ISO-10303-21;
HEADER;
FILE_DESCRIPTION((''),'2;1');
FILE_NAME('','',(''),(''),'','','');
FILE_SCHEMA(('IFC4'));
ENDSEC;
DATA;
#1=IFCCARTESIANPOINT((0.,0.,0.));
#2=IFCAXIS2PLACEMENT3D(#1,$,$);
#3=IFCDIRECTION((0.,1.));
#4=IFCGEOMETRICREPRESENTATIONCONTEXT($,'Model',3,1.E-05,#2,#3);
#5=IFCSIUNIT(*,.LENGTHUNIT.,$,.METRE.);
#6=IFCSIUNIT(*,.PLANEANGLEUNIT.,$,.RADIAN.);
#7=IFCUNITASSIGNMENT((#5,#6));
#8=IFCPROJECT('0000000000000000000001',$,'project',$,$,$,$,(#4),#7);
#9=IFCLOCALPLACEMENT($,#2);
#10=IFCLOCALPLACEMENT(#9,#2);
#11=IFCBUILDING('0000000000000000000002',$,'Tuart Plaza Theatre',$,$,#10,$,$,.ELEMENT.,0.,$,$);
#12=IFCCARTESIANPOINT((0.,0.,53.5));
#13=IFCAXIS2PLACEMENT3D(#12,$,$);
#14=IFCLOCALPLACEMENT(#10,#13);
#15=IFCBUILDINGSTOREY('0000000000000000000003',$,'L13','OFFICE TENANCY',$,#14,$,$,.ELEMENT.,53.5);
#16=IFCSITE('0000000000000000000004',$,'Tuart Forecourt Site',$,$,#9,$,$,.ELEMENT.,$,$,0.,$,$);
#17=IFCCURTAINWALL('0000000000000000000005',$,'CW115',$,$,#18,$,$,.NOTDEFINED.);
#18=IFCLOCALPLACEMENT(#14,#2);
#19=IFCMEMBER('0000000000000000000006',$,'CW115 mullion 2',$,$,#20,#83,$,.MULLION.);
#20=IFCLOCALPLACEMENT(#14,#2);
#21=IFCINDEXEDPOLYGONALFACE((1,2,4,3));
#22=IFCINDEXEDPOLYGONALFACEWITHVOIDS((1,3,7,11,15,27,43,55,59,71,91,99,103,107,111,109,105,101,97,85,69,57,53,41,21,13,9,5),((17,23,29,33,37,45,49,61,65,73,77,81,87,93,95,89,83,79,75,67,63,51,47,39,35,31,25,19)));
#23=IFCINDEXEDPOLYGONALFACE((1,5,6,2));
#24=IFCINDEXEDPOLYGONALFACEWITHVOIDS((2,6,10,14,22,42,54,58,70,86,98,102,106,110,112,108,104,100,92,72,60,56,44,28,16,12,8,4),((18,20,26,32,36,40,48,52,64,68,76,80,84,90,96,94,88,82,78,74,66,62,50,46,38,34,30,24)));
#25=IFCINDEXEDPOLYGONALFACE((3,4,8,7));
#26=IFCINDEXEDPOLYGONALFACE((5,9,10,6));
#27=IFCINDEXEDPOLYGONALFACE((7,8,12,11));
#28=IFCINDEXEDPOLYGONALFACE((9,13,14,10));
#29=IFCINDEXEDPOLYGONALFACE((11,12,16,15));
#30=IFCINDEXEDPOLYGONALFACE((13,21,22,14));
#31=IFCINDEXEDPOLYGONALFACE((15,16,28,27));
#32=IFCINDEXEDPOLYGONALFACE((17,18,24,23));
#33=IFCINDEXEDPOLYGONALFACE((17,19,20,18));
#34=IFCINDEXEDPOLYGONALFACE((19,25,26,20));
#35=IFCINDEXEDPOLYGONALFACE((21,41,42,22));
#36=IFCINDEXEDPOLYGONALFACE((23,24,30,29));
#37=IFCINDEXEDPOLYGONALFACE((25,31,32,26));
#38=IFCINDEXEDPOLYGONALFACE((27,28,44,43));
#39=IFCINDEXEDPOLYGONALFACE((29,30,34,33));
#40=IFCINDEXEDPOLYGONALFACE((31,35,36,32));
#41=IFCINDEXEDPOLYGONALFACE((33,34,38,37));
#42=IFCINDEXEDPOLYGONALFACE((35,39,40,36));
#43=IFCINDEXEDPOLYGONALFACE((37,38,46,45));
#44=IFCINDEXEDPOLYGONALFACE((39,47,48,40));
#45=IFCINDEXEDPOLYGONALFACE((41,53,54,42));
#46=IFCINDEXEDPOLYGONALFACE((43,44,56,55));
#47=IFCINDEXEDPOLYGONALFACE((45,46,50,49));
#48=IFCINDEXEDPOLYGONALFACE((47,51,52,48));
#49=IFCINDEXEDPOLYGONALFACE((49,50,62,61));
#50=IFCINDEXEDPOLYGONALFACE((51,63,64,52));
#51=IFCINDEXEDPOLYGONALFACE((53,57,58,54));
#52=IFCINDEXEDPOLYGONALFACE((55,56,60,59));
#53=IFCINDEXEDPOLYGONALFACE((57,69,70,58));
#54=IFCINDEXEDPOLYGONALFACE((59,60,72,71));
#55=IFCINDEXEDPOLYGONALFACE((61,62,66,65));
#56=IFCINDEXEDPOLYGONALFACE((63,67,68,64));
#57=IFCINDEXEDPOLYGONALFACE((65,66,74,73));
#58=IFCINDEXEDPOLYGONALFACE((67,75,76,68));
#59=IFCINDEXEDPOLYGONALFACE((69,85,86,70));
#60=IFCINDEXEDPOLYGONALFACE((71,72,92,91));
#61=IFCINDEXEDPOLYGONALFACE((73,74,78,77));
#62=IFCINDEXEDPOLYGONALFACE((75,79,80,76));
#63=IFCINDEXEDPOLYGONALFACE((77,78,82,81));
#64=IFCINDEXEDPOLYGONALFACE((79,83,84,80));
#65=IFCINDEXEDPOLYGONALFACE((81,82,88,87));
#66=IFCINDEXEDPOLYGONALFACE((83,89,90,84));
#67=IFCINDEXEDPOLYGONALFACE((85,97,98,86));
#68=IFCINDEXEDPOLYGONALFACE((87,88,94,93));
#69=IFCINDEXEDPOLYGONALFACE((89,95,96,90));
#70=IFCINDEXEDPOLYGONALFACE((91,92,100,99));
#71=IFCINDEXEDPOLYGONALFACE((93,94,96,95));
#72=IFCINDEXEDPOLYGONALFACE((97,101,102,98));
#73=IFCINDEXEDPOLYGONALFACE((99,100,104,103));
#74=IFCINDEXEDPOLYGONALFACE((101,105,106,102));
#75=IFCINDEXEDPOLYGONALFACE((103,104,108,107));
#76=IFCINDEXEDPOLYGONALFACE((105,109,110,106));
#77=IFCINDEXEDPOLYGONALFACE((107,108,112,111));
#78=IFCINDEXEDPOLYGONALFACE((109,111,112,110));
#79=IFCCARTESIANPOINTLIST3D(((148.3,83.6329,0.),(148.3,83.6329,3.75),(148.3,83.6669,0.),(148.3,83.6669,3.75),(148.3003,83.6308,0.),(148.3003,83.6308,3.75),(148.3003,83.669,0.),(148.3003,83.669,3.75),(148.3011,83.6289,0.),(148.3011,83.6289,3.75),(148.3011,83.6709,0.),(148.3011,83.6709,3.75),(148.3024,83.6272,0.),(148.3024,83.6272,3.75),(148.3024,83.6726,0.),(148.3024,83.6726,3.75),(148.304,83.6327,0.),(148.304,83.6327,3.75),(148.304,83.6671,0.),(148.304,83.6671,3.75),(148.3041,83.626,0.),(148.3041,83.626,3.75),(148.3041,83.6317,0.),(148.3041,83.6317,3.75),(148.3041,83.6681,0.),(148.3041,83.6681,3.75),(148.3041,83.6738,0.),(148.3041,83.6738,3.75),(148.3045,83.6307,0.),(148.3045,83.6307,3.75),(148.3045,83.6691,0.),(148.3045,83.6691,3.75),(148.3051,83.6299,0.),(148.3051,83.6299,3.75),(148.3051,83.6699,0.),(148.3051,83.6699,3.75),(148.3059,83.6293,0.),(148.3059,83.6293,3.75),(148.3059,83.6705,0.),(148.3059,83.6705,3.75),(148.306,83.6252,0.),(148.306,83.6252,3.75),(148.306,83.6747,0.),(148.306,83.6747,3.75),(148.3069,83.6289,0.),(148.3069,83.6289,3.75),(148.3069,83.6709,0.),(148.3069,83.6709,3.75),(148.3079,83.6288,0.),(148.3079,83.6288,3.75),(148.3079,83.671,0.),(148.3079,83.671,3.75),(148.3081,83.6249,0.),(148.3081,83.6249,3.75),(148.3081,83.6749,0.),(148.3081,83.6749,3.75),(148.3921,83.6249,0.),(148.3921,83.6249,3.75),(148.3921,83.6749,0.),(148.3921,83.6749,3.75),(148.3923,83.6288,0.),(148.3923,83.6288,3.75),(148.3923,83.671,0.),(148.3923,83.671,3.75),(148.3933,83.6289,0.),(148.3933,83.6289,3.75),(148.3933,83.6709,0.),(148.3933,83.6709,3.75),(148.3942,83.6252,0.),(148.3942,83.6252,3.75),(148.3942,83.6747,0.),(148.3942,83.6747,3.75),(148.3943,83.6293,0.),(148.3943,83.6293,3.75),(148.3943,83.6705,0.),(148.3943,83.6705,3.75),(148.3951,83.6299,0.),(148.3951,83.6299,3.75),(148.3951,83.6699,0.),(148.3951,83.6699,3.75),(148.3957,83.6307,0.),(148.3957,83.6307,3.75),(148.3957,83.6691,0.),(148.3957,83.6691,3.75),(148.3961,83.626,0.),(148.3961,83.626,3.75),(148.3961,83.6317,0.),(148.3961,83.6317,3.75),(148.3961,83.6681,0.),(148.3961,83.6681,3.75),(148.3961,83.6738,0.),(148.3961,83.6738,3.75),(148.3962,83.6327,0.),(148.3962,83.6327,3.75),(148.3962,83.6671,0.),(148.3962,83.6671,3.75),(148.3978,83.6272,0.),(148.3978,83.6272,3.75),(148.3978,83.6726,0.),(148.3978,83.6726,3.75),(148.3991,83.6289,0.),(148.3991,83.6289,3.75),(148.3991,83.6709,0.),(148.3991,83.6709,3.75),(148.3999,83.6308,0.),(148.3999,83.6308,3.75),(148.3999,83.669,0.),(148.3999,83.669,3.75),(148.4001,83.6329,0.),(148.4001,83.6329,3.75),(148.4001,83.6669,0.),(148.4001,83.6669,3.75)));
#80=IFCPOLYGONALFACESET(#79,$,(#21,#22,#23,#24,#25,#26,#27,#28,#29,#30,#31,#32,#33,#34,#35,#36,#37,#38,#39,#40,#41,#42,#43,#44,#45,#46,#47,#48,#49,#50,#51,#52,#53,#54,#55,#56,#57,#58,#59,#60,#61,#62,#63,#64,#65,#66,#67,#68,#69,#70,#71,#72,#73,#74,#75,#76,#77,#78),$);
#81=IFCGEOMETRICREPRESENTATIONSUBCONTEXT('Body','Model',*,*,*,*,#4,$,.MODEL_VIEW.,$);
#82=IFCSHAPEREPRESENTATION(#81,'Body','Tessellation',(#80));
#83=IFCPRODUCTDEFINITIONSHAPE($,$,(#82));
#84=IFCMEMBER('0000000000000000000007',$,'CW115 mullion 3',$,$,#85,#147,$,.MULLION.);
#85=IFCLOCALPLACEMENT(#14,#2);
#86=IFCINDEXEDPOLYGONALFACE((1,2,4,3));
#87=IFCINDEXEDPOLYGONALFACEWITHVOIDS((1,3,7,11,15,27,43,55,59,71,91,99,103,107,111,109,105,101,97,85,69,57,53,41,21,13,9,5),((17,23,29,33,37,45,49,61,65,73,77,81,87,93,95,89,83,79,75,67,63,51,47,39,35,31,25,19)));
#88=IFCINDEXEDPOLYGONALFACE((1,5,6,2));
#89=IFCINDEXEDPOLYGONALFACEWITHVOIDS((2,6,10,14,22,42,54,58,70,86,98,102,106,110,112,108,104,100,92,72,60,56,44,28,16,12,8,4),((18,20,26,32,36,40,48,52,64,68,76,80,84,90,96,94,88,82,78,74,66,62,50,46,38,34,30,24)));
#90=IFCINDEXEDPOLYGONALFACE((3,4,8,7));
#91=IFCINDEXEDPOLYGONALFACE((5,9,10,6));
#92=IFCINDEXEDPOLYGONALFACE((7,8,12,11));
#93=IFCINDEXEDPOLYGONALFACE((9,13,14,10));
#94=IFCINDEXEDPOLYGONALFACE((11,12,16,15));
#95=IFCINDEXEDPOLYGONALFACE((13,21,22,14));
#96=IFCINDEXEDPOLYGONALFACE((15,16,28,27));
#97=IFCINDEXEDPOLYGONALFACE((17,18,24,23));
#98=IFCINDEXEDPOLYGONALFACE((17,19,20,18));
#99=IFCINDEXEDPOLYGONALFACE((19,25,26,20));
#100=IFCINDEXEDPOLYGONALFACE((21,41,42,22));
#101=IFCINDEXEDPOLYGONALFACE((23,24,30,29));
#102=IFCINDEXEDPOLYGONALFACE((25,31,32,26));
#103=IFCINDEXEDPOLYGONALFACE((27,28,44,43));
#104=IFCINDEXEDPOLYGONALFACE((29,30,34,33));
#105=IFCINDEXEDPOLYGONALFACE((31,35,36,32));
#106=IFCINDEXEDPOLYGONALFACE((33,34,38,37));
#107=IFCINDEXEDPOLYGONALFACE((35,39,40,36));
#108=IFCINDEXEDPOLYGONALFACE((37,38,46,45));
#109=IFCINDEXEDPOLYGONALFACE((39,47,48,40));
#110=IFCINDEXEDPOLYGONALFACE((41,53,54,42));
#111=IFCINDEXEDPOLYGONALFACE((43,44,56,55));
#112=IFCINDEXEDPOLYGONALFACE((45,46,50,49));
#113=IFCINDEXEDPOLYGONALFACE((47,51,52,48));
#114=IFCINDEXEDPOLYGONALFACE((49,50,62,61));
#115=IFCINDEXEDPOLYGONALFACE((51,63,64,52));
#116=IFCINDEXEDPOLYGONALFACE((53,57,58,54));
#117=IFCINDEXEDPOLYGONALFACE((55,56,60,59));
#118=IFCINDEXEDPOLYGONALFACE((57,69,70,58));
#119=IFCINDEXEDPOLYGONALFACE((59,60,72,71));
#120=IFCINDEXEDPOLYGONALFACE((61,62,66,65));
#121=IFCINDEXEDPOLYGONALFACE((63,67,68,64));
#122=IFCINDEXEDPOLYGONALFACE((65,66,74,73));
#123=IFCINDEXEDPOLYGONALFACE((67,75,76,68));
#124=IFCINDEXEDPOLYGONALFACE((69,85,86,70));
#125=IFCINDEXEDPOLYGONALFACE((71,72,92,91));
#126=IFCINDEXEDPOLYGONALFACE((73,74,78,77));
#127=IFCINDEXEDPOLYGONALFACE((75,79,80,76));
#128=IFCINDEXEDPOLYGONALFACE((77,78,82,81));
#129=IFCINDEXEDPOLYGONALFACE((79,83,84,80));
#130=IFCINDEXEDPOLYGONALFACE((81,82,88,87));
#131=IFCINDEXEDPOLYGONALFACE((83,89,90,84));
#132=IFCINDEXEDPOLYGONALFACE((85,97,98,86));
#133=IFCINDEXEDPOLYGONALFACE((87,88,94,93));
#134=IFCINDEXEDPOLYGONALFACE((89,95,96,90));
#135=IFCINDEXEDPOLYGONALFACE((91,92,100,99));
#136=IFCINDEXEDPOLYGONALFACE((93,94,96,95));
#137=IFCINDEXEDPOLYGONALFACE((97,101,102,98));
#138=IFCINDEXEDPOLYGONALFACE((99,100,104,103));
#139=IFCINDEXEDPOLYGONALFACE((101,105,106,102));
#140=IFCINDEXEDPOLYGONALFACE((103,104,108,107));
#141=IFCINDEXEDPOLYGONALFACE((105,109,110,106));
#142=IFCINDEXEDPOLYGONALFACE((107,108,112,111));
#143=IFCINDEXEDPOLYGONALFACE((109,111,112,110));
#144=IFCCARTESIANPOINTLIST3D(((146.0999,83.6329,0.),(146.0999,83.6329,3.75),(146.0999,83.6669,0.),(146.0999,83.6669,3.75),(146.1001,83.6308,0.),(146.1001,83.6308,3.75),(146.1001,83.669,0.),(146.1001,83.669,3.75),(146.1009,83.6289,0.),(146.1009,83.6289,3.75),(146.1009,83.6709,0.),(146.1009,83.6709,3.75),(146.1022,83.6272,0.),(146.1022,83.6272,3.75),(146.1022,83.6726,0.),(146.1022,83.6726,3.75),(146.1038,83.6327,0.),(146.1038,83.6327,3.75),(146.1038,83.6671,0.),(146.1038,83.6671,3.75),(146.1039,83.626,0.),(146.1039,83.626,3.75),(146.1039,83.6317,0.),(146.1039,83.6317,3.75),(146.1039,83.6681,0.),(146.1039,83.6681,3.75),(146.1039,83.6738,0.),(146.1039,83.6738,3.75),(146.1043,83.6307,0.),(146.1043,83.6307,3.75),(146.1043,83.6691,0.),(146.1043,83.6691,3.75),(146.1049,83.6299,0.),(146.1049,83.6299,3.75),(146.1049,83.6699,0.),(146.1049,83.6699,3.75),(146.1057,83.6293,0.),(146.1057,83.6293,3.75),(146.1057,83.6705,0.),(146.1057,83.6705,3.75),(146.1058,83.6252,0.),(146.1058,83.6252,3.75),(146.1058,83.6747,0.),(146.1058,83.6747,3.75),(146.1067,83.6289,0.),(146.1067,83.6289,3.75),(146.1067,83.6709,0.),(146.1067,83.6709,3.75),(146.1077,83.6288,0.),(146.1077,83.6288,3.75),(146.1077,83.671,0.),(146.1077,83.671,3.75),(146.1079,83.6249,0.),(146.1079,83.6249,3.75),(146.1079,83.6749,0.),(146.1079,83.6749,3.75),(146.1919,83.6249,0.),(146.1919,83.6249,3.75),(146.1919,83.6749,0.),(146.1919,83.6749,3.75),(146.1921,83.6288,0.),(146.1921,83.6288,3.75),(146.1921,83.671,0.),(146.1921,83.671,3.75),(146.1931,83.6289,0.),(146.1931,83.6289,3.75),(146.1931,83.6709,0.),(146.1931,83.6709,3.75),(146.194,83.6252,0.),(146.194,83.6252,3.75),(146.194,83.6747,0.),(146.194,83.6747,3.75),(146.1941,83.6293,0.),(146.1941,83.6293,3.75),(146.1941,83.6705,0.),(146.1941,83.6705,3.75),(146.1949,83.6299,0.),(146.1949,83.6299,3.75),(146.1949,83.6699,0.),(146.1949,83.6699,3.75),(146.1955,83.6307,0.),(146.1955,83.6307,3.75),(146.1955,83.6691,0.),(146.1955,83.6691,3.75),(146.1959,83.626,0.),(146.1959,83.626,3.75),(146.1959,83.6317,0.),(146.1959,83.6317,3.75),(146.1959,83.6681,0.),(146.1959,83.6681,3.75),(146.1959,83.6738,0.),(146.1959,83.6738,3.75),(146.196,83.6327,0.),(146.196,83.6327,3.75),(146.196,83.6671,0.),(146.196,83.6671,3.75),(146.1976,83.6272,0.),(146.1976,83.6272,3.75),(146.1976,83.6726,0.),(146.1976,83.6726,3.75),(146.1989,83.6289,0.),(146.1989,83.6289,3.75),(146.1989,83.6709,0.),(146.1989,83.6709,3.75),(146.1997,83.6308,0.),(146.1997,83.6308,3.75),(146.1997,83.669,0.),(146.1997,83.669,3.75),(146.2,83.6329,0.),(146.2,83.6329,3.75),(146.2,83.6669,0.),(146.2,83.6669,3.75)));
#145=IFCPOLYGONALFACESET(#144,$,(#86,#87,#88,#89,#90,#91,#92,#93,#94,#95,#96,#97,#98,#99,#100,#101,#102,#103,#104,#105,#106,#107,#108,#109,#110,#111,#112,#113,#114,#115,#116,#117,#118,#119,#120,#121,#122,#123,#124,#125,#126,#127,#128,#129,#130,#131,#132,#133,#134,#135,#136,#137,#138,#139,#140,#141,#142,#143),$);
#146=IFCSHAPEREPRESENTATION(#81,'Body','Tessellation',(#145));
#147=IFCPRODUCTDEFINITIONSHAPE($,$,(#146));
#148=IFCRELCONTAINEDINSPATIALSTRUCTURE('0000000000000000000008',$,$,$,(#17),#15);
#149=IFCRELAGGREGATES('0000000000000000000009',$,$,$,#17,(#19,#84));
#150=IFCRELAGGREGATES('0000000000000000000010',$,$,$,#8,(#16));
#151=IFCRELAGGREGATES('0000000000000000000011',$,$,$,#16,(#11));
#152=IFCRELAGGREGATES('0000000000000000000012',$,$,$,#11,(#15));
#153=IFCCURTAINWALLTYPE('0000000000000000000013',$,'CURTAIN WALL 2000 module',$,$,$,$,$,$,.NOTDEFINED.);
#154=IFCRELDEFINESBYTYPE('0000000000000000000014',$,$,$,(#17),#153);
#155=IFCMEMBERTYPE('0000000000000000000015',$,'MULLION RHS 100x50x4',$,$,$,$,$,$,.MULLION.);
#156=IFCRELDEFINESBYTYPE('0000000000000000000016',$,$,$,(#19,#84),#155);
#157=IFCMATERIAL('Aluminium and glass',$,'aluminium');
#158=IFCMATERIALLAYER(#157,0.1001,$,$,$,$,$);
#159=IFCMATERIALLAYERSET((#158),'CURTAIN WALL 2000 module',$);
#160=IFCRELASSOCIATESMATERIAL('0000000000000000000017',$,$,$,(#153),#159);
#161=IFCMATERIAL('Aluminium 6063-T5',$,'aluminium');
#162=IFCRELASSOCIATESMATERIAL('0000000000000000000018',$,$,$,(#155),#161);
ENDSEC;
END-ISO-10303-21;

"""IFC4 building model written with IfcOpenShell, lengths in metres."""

from ifc_helpers import new_model, si_unit, direction, frame, origin, origin_2d, place, context, subcontext, project, spatial, hollow_rectangle, extrude, material, layer, layer_set, material_profile, profile_set, type_object, element, aggregate, save


model = new_model("IFC4")

# Units and contexts
model_context = context("Model", 3, precision=1e-05, world=origin(), true_north=direction((0.0, 1.0)))
body_context = subcontext(model_context, "Body", "Model", "MODEL_VIEW")
ifc_project = project(units=[si_unit("LENGTHUNIT", "METRE"), si_unit("PLANEANGLEUNIT", "RADIAN")], contexts=[model_context])

# Site, building, storey
site_placement = place(None, origin())
site = spatial("IfcSite", under=ifc_project, at=site_placement, Name="Tuart Forecourt Site", CompositionType="ELEMENT", RefElevation=0.0)
building_placement = place(site_placement, origin())
building = spatial("IfcBuilding", under=site, at=building_placement, Name="Tuart Plaza Theatre", CompositionType="ELEMENT", ElevationOfRefHeight=0.0)
storey_placement = place(building_placement, frame((0.0, 0.0, 53.5)))
storey = spatial("IfcBuildingStorey", under=building, at=storey_placement, Name="L13", Description="OFFICE TENANCY", CompositionType="ELEMENT", Elevation=53.5)

# Curtain wall, members
ifc_material_1 = material(Name="Aluminium and glass", Category="aluminium")
ifc_layer_1 = layer(ifc_material_1, 0.1001)
ifc_layer_set_1 = layer_set([ifc_layer_1], Name="CURTAIN WALL 2000 module")
curtain_wall_type = type_object("IfcCurtainWallType", Name="CURTAIN WALL 2000 module", PredefinedType="NOTDEFINED", material=ifc_layer_set_1)
ifc_material_2 = material(Name="Aluminium 6063-T5", Category="aluminium")
ifc_material_profile_1 = material_profile(ifc_material_2, hollow_rectangle(XDim=0.05, YDim=0.1001, WallThickness=0.0039, InnerFilletRadius=0.0039, OuterFilletRadius=0.0081, at=origin_2d()), Name="RHS 100x50x4")
ifc_profile_set_1 = profile_set([ifc_material_profile_1], Name="Aluminium 6063-T5")
member_type_1 = type_object("IfcMemberType", Name="MULLION RHS 100x50x4", PredefinedType="MULLION", material=ifc_profile_set_1)
curtain_wall_1_placement = place(storey_placement, origin())
curtain_wall_1 = element("IfcCurtainWall", 1, at=curtain_wall_1_placement, inside=storey, type_object=curtain_wall_type, Name="CW115", PredefinedType="NOTDEFINED")
member_1_placement = place(storey_placement, frame((148.3501, 83.6499, 0.0), z_axis=(0.0, 0.0, 1.0), x_axis=(0.0, -1.0, 0.0)))
member_1 = element("IfcMember", 2, at=member_1_placement, type_object=member_type_1, Name="CW115 mullion 2", PredefinedType="MULLION", context=body_context, shape_type="SweptSolid", body=[
    extrude(hollow_rectangle(XDim=0.05, YDim=0.1001, WallThickness=0.0039, InnerFilletRadius=0.0039, OuterFilletRadius=0.0081, at=origin_2d()), origin(), (0.0, 0.0, 1.0), 3.75),
])
member_2_placement = place(storey_placement, frame((146.1499, 83.6499, 0.0), z_axis=(0.0, 0.0, 1.0), x_axis=(0.0, -1.0, 0.0)))
member_2 = element("IfcMember", 3, at=member_2_placement, type_object=member_type_1, Name="CW115 mullion 3", PredefinedType="MULLION", context=body_context, shape_type="SweptSolid", body=[
    extrude(hollow_rectangle(XDim=0.05, YDim=0.1001, WallThickness=0.0039, InnerFilletRadius=0.0039, OuterFilletRadius=0.0081, at=origin_2d()), origin(), (0.0, 0.0, 1.0), 3.75),
])

aggregate(curtain_wall_1, [member_1, member_2])

save(model, "model.ifc")
